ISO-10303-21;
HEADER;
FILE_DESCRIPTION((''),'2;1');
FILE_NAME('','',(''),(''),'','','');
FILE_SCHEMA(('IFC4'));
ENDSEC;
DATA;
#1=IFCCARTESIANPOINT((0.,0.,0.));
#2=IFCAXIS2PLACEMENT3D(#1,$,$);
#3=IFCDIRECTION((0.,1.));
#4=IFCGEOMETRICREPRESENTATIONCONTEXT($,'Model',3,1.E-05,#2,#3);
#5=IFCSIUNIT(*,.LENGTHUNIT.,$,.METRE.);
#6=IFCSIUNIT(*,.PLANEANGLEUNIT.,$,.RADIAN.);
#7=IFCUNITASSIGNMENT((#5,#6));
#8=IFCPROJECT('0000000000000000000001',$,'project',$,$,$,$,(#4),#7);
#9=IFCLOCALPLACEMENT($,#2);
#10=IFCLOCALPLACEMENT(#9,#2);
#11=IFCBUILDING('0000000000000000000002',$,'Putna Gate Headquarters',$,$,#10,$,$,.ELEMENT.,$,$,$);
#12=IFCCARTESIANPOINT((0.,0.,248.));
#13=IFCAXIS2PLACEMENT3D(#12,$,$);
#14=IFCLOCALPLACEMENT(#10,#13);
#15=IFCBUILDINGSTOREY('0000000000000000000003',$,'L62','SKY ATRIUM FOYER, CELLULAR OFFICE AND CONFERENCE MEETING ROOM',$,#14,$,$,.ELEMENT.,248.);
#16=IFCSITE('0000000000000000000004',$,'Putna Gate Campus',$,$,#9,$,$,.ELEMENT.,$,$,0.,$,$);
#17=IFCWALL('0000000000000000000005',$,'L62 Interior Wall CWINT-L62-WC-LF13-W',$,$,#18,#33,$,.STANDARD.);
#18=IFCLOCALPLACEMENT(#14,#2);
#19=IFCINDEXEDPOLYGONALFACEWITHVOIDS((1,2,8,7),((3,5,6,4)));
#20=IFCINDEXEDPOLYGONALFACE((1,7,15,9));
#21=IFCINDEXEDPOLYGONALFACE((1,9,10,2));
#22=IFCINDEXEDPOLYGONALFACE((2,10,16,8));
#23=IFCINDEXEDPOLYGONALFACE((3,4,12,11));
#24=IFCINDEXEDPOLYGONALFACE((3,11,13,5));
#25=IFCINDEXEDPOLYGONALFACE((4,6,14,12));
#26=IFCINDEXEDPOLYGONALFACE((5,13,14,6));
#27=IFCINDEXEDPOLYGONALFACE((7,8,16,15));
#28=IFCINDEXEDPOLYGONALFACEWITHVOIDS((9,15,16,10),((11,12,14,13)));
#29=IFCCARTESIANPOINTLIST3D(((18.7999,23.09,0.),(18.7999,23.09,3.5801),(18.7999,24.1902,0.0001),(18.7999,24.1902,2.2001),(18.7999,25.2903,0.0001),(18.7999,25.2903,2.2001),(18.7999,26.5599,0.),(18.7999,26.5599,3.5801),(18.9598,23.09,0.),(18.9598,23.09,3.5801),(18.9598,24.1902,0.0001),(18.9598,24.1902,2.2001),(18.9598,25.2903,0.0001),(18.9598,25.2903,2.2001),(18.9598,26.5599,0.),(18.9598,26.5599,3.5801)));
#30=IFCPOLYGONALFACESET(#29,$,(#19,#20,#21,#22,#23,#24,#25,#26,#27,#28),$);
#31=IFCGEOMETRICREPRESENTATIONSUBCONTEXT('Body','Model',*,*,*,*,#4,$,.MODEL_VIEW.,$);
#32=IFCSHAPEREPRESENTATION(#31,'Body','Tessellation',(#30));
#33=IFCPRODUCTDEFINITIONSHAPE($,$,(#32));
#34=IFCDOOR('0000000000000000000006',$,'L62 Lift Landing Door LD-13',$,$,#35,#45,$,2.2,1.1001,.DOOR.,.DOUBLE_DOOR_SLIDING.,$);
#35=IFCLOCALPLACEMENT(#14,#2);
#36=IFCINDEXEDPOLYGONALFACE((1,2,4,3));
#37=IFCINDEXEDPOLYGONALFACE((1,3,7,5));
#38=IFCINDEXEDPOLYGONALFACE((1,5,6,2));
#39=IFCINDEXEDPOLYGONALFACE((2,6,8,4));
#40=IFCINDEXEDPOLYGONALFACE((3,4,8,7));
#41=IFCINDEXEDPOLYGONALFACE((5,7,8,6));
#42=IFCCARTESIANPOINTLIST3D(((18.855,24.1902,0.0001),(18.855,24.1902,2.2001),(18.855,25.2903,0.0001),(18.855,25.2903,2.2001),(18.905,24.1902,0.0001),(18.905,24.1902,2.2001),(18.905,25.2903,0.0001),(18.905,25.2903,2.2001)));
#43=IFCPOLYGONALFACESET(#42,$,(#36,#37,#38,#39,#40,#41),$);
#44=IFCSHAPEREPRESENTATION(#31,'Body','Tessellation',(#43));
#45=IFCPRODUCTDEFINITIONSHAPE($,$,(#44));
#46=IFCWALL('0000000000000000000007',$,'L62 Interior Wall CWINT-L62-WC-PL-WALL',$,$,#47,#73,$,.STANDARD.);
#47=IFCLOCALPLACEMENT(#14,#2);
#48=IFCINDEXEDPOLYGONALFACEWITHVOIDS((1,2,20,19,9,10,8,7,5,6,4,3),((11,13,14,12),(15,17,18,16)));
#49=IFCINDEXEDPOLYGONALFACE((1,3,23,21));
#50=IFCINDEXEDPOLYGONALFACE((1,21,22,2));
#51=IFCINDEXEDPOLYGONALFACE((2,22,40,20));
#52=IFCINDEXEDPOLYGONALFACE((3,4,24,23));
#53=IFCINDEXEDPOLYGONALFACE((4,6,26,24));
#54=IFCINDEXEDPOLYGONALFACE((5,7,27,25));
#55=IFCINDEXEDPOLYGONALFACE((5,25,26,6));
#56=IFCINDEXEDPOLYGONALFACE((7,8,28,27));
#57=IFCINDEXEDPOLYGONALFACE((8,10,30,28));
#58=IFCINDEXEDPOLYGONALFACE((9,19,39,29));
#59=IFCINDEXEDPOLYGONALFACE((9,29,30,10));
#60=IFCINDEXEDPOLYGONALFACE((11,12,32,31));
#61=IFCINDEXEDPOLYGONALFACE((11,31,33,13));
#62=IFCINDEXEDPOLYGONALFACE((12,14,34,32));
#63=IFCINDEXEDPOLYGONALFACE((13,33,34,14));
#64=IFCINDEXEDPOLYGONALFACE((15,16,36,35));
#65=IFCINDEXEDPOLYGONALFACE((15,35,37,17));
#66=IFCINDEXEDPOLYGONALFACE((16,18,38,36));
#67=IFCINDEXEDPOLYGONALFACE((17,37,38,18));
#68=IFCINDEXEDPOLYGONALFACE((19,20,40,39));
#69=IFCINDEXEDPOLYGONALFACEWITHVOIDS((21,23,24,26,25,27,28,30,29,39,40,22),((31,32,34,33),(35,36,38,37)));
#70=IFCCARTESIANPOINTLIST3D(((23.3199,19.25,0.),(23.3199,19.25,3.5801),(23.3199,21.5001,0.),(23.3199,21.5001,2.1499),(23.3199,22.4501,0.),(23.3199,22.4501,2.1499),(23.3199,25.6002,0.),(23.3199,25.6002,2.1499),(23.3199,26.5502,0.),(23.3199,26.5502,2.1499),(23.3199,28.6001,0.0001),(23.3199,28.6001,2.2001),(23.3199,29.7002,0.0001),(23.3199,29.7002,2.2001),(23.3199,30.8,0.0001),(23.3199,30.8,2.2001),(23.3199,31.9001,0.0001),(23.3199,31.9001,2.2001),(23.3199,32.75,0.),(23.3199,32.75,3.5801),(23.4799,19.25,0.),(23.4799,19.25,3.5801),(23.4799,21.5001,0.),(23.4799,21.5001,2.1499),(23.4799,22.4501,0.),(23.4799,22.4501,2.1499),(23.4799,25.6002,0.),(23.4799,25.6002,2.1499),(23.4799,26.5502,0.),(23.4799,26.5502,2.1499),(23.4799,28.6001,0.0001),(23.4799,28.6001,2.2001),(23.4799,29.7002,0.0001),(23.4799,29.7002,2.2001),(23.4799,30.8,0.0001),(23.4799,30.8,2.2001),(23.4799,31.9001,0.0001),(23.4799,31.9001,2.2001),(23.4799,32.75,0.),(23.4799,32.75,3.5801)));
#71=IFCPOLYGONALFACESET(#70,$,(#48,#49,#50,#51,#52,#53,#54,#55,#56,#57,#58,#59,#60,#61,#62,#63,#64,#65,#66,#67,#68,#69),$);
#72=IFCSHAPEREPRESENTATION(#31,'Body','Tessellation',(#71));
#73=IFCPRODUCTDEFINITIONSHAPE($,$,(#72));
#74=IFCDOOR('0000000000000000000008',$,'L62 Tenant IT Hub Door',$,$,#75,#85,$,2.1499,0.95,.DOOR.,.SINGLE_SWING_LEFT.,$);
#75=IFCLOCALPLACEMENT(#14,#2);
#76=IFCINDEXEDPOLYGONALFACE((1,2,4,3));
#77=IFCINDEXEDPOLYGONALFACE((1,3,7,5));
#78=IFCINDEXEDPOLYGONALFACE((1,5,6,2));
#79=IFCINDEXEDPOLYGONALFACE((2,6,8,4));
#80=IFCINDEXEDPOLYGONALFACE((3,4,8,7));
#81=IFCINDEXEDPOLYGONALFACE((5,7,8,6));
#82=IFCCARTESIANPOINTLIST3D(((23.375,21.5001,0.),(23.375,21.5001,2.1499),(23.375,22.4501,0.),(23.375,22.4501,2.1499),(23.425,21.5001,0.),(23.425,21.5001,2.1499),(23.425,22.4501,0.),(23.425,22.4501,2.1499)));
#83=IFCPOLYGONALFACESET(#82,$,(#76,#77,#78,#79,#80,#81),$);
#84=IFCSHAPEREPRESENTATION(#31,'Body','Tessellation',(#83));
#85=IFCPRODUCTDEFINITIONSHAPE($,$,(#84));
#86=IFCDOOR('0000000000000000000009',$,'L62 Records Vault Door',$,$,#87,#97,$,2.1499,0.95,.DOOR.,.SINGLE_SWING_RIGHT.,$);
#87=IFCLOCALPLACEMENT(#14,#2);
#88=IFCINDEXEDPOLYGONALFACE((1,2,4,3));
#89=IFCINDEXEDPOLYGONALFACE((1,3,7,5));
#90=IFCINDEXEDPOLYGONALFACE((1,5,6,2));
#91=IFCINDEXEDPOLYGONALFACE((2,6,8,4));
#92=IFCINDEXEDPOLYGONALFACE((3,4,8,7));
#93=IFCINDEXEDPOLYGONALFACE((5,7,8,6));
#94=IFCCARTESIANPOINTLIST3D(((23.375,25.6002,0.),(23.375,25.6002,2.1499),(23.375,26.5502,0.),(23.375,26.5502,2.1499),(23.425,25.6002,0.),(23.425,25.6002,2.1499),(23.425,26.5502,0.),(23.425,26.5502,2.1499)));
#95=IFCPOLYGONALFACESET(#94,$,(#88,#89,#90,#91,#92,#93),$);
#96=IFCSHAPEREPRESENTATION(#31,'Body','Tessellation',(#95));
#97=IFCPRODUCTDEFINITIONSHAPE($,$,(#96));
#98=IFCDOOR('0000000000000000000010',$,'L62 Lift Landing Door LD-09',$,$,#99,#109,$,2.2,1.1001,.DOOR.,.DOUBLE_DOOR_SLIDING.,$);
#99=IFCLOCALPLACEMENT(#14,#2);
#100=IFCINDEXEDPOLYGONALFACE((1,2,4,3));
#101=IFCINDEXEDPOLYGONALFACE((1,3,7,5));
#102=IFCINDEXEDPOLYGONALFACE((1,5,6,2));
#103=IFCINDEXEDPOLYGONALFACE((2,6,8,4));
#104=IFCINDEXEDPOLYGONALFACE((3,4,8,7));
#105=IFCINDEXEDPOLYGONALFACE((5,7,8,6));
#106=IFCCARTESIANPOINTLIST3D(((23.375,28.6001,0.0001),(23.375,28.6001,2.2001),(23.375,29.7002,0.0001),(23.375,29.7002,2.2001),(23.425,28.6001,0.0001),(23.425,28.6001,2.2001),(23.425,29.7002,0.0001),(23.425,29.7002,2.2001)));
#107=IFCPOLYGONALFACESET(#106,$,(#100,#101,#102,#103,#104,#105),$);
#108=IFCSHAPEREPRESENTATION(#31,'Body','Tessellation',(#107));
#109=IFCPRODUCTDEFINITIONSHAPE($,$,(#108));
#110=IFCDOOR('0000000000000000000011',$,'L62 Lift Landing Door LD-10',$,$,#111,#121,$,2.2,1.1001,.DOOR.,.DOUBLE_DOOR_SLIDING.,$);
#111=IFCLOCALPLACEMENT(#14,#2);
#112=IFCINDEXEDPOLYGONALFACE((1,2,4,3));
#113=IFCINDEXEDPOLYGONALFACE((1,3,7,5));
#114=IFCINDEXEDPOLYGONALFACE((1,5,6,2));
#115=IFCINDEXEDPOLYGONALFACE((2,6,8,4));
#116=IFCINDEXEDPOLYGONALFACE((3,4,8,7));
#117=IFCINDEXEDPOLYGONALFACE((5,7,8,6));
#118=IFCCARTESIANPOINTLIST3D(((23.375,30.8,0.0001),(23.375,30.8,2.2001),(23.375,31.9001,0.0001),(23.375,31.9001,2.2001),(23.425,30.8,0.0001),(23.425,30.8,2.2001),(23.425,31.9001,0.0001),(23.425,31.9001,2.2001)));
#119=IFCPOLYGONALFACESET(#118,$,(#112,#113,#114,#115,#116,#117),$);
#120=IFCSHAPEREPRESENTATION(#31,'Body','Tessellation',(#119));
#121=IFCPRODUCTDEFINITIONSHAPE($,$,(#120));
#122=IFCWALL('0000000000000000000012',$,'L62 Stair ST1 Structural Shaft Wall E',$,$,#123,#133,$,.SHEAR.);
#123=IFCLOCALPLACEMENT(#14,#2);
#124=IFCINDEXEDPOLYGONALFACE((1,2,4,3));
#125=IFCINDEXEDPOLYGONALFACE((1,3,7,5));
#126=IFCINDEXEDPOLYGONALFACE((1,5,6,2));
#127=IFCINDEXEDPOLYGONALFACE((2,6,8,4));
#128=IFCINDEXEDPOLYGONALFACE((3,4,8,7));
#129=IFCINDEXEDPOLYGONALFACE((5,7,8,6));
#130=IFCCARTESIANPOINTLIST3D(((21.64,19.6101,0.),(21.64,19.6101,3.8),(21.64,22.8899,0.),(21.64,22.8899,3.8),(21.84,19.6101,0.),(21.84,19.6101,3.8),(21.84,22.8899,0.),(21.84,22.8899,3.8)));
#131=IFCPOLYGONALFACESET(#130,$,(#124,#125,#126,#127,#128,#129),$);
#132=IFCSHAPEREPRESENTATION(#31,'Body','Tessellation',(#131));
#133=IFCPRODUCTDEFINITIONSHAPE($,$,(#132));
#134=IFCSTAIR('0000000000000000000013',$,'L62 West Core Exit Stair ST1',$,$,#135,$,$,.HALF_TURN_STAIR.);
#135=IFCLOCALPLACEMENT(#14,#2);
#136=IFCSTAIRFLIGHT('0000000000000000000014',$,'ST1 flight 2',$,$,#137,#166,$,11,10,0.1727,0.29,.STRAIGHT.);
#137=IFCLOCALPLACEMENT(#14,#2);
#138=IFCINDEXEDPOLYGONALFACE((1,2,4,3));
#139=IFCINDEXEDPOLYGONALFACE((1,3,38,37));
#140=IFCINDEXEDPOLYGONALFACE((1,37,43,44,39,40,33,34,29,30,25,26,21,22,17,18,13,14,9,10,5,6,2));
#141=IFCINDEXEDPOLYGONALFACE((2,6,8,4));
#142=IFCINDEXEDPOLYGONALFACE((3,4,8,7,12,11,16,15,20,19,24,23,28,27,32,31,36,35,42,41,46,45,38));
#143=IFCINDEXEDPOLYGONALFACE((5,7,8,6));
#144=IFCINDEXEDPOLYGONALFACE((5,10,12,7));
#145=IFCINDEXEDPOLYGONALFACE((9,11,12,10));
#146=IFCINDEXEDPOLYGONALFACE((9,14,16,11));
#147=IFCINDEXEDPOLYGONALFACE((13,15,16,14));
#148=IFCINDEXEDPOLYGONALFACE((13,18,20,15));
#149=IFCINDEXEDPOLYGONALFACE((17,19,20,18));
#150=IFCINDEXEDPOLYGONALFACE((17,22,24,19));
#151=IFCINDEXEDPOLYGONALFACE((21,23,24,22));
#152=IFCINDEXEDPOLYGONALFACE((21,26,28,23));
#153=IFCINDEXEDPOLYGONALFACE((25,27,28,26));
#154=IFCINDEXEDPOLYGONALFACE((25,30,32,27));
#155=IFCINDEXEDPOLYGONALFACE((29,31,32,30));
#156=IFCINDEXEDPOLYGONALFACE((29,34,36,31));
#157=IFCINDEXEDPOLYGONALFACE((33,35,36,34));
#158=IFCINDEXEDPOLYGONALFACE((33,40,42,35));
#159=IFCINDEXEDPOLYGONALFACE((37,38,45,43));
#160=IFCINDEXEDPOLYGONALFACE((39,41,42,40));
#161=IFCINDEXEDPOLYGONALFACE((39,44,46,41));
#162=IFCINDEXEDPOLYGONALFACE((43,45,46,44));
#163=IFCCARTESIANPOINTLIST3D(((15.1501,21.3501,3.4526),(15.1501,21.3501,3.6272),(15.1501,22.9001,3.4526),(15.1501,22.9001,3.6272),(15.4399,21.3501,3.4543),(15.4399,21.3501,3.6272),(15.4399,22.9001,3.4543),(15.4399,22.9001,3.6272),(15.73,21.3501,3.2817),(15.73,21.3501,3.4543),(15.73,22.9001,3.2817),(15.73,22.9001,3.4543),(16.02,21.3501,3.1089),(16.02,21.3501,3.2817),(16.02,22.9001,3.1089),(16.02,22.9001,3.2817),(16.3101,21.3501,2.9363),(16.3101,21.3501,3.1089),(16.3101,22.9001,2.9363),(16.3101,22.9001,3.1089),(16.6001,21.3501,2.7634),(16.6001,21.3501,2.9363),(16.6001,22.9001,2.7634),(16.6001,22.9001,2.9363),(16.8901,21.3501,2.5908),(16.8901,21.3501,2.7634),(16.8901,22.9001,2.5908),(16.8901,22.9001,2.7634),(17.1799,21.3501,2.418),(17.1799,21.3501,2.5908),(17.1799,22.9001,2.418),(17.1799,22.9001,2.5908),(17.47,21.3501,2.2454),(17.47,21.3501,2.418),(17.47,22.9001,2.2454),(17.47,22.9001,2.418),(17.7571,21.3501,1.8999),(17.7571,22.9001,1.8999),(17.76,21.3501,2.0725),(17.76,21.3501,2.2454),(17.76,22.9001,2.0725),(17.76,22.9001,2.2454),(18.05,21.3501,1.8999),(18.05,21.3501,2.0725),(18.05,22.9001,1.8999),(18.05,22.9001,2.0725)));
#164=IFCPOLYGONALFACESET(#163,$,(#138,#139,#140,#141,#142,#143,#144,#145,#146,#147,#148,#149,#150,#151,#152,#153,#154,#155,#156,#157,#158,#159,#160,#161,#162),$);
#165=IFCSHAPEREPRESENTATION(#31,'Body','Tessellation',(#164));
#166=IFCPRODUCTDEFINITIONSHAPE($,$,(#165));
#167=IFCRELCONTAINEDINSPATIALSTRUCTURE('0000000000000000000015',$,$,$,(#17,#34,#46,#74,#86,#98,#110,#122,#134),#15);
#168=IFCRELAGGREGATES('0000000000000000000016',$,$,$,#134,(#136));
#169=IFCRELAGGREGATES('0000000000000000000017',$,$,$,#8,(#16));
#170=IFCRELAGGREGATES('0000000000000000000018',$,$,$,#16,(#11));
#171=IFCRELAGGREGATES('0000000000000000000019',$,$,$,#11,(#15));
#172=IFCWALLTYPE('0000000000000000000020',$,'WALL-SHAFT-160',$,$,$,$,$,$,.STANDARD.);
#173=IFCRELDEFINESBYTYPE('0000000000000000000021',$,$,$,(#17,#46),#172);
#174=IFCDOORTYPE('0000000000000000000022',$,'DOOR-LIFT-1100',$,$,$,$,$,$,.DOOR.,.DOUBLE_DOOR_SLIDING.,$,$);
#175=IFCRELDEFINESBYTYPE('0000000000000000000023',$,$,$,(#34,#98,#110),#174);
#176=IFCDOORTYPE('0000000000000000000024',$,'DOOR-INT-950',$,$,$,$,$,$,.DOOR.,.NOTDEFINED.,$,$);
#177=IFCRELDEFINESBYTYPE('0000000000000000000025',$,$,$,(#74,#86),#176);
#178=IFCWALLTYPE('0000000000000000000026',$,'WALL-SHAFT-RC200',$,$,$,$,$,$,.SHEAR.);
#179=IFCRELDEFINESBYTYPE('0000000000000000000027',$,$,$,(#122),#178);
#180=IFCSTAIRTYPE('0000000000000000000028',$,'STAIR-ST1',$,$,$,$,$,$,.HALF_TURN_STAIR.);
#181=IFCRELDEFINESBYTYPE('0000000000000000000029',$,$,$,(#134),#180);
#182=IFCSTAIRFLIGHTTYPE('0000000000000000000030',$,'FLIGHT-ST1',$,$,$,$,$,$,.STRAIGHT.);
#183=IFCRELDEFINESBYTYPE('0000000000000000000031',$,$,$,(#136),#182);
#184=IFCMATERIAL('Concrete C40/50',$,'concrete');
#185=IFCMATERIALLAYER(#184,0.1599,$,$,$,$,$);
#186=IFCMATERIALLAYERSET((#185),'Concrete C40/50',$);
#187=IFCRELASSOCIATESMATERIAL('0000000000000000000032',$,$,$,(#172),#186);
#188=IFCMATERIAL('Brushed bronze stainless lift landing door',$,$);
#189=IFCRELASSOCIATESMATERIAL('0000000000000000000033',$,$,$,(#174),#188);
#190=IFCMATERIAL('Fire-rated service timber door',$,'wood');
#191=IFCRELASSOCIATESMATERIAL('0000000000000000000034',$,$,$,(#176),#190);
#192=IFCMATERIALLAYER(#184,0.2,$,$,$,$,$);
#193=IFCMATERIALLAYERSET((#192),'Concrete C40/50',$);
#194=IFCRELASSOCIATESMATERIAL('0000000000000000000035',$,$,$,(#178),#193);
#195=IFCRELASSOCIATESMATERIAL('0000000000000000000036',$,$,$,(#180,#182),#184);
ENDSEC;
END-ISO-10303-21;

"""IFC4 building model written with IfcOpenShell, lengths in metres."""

from ifc_helpers import new_model, si_unit, direction, frame, frame_2d, origin, place, context, subcontext, project, spatial, polyline, rectangle, outline, extrude, material, layer, layer_set, type_object, element, fill, aggregate, save


model = new_model("IFC4")

# Units and contexts
model_context = context("Model", 3, precision=1e-05, world=origin(), true_north=direction((0.0, 1.0)))
body_context = subcontext(model_context, "Body", "Model", "MODEL_VIEW")
ifc_project = project(units=[si_unit("LENGTHUNIT", "METRE"), si_unit("PLANEANGLEUNIT", "RADIAN")], contexts=[model_context])

# Site, building, storey
site_placement = place(None, origin())
site = spatial("IfcSite", under=ifc_project, at=site_placement, Name="Putna Gate Campus", CompositionType="ELEMENT", RefElevation=0.0)
building_placement = place(site_placement, origin())
building = spatial("IfcBuilding", under=site, at=building_placement, Name="Putna Gate Headquarters", CompositionType="ELEMENT")
storey_placement = place(building_placement, frame((0.0, 0.0, 248.0)))
storey = spatial("IfcBuildingStorey", under=building, at=storey_placement, Name="L62", Description="SKY ATRIUM FOYER, CELLULAR OFFICE AND CONFERENCE MEETING ROOM", CompositionType="ELEMENT", Elevation=248.0)

# Wall, opening, door
ifc_material_1 = material(Name="Concrete C40/50", Category="concrete")
ifc_layer_1 = layer(ifc_material_1, 0.1599)
ifc_layer_set_1 = layer_set([ifc_layer_1], Name="Concrete C40/50")
wall_type_1 = type_object("IfcWallType", Name="WALL-SHAFT-160", PredefinedType="STANDARD", material=ifc_layer_set_1)
wall_1_placement = place(storey_placement, frame((18.8799, 23.0901, 0.0), z_axis=(0.0, 0.0, 1.0), x_axis=(0.0, 1.0, 0.0)))
wall_1 = element("IfcWall", 1, at=wall_1_placement, inside=storey, type_object=wall_type_1, Name="L62 Interior Wall CWINT-L62-WC-LF13-W", PredefinedType="STANDARD", context=body_context, shape_type="SweptSolid", body=[
    extrude(rectangle(XDim=3.47, YDim=0.1599, at=frame_2d((1.7349, 0.0))), origin(), (0.0, 0.0, 1.0), 3.5801),
])
opening_1_placement = place(wall_1_placement, frame((1.1001, 0.0, 0.0)))
opening_1 = element("IfcOpeningElement", 2, at=opening_1_placement, cuts=wall_1, PredefinedType="OPENING", context=body_context, shape_type="SweptSolid", body=[
    extrude(rectangle(XDim=1.1001, YDim=2.2, at=frame_2d((0.55, 1.1001))), frame((0.0, 0.0898, 0.0), z_axis=(0.0, -1.0, 0.0), x_axis=(1.0, 0.0, 0.0)), (0.0, 0.0, 1.0), 0.1799),
])
ifc_material_2 = material(Name="Brushed bronze stainless lift landing door")
door_type_1 = type_object("IfcDoorType", Name="DOOR-LIFT-1100", OperationType="DOUBLE_DOOR_SLIDING", PredefinedType="DOOR", material=ifc_material_2)
door_1_placement = place(opening_1_placement, origin())
door_1 = element("IfcDoor", 3, at=door_1_placement, inside=storey, type_object=door_type_1, Name="L62 Lift Landing Door LD-13", OperationType="DOUBLE_DOOR_SLIDING", OverallHeight=2.2, OverallWidth=1.1001, PredefinedType="DOOR", context=body_context, shape_type="SweptSolid", body=[
    extrude(rectangle(XDim=1.1001, YDim=2.2, at=frame_2d((0.55, 1.1001))), frame((0.0, 0.0249, 0.0), z_axis=(0.0, -1.0, 0.0), x_axis=(1.0, 0.0, 0.0)), (0.0, 0.0, 1.0), 0.05),
])
fill(opening_1, door_1)

# Wall, openings, doors
wall_2_placement = place(storey_placement, frame((23.3999, 19.25, 0.0), z_axis=(0.0, 0.0, 1.0), x_axis=(0.0, 1.0, 0.0)))
wall_2 = element("IfcWall", 4, at=wall_2_placement, inside=storey, type_object=wall_type_1, Name="L62 Interior Wall CWINT-L62-WC-PL-WALL", PredefinedType="STANDARD", context=body_context, shape_type="SweptSolid", body=[
    extrude(rectangle(XDim=13.5, YDim=0.1599, at=frame_2d((6.75, 0.0))), origin(), (0.0, 0.0, 1.0), 3.5801),
])
opening_2_placement = place(wall_2_placement, frame((2.25, 0.0, 0.0)))
opening_2 = element("IfcOpeningElement", 5, at=opening_2_placement, cuts=wall_2, PredefinedType="OPENING", context=body_context, shape_type="SweptSolid", body=[
    extrude(rectangle(XDim=0.95, YDim=2.1499, at=frame_2d((0.4751, 1.075))), frame((0.0, 0.0898, 0.0), z_axis=(0.0, -1.0, 0.0), x_axis=(1.0, 0.0, 0.0)), (0.0, 0.0, 1.0), 0.1799),
])
opening_3_placement = place(wall_2_placement, frame((6.3501, 0.0, 0.0)))
opening_3 = element("IfcOpeningElement", 6, at=opening_3_placement, cuts=wall_2, PredefinedType="OPENING", context=body_context, shape_type="SweptSolid", body=[
    extrude(rectangle(XDim=0.95, YDim=2.1499, at=frame_2d((0.4751, 1.075))), frame((0.0, 0.0898, 0.0), z_axis=(0.0, -1.0, 0.0), x_axis=(1.0, 0.0, 0.0)), (0.0, 0.0, 1.0), 0.1799),
])
opening_4_placement = place(wall_2_placement, frame((9.3501, 0.0, 0.0)))
opening_4 = element("IfcOpeningElement", 7, at=opening_4_placement, cuts=wall_2, PredefinedType="OPENING", context=body_context, shape_type="SweptSolid", body=[
    extrude(rectangle(XDim=1.1001, YDim=2.2, at=frame_2d((0.55, 1.1001))), frame((0.0, 0.0898, 0.0), z_axis=(0.0, -1.0, 0.0), x_axis=(1.0, 0.0, 0.0)), (0.0, 0.0, 1.0), 0.1799),
])
opening_5_placement = place(wall_2_placement, frame((11.55, 0.0, 0.0)))
opening_5 = element("IfcOpeningElement", 8, at=opening_5_placement, cuts=wall_2, PredefinedType="OPENING", context=body_context, shape_type="SweptSolid", body=[
    extrude(rectangle(XDim=1.1001, YDim=2.2, at=frame_2d((0.55, 1.1001))), frame((0.0, 0.0898, 0.0), z_axis=(0.0, -1.0, 0.0), x_axis=(1.0, 0.0, 0.0)), (0.0, 0.0, 1.0), 0.1799),
])
ifc_material_3 = material(Name="Fire-rated service timber door", Category="wood")
door_type_2 = type_object("IfcDoorType", Name="DOOR-INT-950", OperationType="NOTDEFINED", PredefinedType="DOOR", material=ifc_material_3)
door_2_placement = place(opening_2_placement, origin())
door_2 = element("IfcDoor", 9, at=door_2_placement, inside=storey, type_object=door_type_2, Name="L62 Tenant IT Hub Door", OperationType="SINGLE_SWING_LEFT", OverallHeight=2.1499, OverallWidth=0.95, PredefinedType="DOOR", context=body_context, shape_type="SweptSolid", body=[
    extrude(rectangle(XDim=0.95, YDim=2.1499, at=frame_2d((0.4751, 1.075))), frame((0.0, 0.0249, 0.0), z_axis=(0.0, -1.0, 0.0), x_axis=(1.0, 0.0, 0.0)), (0.0, 0.0, 1.0), 0.05),
])
fill(opening_2, door_2)
door_3_placement = place(opening_3_placement, origin())
door_3 = element("IfcDoor", 10, at=door_3_placement, inside=storey, type_object=door_type_2, Name="L62 Records Vault Door", OperationType="SINGLE_SWING_RIGHT", OverallHeight=2.1499, OverallWidth=0.95, PredefinedType="DOOR", context=body_context, shape_type="SweptSolid", body=[
    extrude(rectangle(XDim=0.95, YDim=2.1499, at=frame_2d((0.4751, 1.075))), frame((0.0, 0.0249, 0.0), z_axis=(0.0, -1.0, 0.0), x_axis=(1.0, 0.0, 0.0)), (0.0, 0.0, 1.0), 0.05),
])
fill(opening_3, door_3)
door_4_placement = place(opening_4_placement, origin())
door_4 = element("IfcDoor", 11, at=door_4_placement, inside=storey, type_object=door_type_1, Name="L62 Lift Landing Door LD-09", OperationType="DOUBLE_DOOR_SLIDING", OverallHeight=2.2, OverallWidth=1.1001, PredefinedType="DOOR", context=body_context, shape_type="SweptSolid", body=[
    extrude(rectangle(XDim=1.1001, YDim=2.2, at=frame_2d((0.55, 1.1001))), frame((0.0, 0.0249, 0.0), z_axis=(0.0, -1.0, 0.0), x_axis=(1.0, 0.0, 0.0)), (0.0, 0.0, 1.0), 0.05),
])
fill(opening_4, door_4)
door_5_placement = place(opening_5_placement, origin())
door_5 = element("IfcDoor", 12, at=door_5_placement, inside=storey, type_object=door_type_1, Name="L62 Lift Landing Door LD-10", OperationType="DOUBLE_DOOR_SLIDING", OverallHeight=2.2, OverallWidth=1.1001, PredefinedType="DOOR", context=body_context, shape_type="SweptSolid", body=[
    extrude(rectangle(XDim=1.1001, YDim=2.2, at=frame_2d((0.55, 1.1001))), frame((0.0, 0.0249, 0.0), z_axis=(0.0, -1.0, 0.0), x_axis=(1.0, 0.0, 0.0)), (0.0, 0.0, 1.0), 0.05),
])
fill(opening_5, door_5)

# Wall
ifc_layer_2 = layer(ifc_material_1, 0.2)
ifc_layer_set_2 = layer_set([ifc_layer_2], Name="Concrete C40/50")
wall_type_2 = type_object("IfcWallType", Name="WALL-SHAFT-RC200", PredefinedType="SHEAR", material=ifc_layer_set_2)
wall_3_placement = place(storey_placement, frame((21.74, 19.6101, 0.0), z_axis=(0.0, 0.0, 1.0), x_axis=(0.0, 1.0, 0.0)))
element("IfcWall", 13, at=wall_3_placement, inside=storey, type_object=wall_type_2, Name="L62 Stair ST1 Structural Shaft Wall E", PredefinedType="SHEAR", context=body_context, shape_type="SweptSolid", body=[
    extrude(rectangle(XDim=3.2798, YDim=0.2, at=frame_2d((1.6399, 0.0))), origin(), (0.0, 0.0, 1.0), 3.8),
])

# Stair, stair flight
stair_type = type_object("IfcStairType", Name="STAIR-ST1", PredefinedType="HALF_TURN_STAIR", material=ifc_material_1)
stair_placement = place(storey_placement, origin())
stair = element("IfcStair", 14, at=stair_placement, inside=storey, type_object=stair_type, Name="L62 West Core Exit Stair ST1", PredefinedType="HALF_TURN_STAIR")
stair_flight_type = type_object("IfcStairFlightType", Name="FLIGHT-ST1", PredefinedType="STRAIGHT", material=ifc_material_1)
stair_flight_placement = place(storey_placement, frame((18.05, 22.125, 1.8999), z_axis=(0.0, 0.0, 1.0), x_axis=(-1.0, 0.0, 0.0)))
stair_flight = element("IfcStairFlight", 15, at=stair_flight_placement, type_object=stair_flight_type, Name="ST1 flight 2", NumberOfRisers=11, NumberOfTreads=10, PredefinedType="STRAIGHT", RiserHeight=0.1727, TreadLength=0.29, context=body_context, shape_type="SweptSolid", body=[
    extrude(outline(polyline([(0.0, 0.0), (0.0, 0.1726), (0.29, 0.1726), (0.29, 0.3455), (0.5801, 0.3455), (0.5801, 0.5181), (0.8701, 0.5181), (0.8701, 0.6909), (1.1599, 0.6909), (1.1599, 0.8635), (1.45, 0.8635), (1.45, 1.0364), (1.74, 1.0364), (1.74, 1.209), (2.03, 1.209), (2.03, 1.3818), (2.3201, 1.3818), (2.3201, 1.5544), (2.6101, 1.5544), (2.6101, 1.7273), (2.8999, 1.7273), (2.8999, 1.8999), (2.8999, 1.5527), (0.293, 0.0), (0.0, 0.0)])), frame((0.0, 0.7749, 0.0), z_axis=(0.0, -1.0, 0.0), x_axis=(1.0, 0.0, 0.0)), (0.0, 0.0, 1.0), 1.55),
])
aggregate(stair, [stair_flight])

save(model, "model.ifc")
